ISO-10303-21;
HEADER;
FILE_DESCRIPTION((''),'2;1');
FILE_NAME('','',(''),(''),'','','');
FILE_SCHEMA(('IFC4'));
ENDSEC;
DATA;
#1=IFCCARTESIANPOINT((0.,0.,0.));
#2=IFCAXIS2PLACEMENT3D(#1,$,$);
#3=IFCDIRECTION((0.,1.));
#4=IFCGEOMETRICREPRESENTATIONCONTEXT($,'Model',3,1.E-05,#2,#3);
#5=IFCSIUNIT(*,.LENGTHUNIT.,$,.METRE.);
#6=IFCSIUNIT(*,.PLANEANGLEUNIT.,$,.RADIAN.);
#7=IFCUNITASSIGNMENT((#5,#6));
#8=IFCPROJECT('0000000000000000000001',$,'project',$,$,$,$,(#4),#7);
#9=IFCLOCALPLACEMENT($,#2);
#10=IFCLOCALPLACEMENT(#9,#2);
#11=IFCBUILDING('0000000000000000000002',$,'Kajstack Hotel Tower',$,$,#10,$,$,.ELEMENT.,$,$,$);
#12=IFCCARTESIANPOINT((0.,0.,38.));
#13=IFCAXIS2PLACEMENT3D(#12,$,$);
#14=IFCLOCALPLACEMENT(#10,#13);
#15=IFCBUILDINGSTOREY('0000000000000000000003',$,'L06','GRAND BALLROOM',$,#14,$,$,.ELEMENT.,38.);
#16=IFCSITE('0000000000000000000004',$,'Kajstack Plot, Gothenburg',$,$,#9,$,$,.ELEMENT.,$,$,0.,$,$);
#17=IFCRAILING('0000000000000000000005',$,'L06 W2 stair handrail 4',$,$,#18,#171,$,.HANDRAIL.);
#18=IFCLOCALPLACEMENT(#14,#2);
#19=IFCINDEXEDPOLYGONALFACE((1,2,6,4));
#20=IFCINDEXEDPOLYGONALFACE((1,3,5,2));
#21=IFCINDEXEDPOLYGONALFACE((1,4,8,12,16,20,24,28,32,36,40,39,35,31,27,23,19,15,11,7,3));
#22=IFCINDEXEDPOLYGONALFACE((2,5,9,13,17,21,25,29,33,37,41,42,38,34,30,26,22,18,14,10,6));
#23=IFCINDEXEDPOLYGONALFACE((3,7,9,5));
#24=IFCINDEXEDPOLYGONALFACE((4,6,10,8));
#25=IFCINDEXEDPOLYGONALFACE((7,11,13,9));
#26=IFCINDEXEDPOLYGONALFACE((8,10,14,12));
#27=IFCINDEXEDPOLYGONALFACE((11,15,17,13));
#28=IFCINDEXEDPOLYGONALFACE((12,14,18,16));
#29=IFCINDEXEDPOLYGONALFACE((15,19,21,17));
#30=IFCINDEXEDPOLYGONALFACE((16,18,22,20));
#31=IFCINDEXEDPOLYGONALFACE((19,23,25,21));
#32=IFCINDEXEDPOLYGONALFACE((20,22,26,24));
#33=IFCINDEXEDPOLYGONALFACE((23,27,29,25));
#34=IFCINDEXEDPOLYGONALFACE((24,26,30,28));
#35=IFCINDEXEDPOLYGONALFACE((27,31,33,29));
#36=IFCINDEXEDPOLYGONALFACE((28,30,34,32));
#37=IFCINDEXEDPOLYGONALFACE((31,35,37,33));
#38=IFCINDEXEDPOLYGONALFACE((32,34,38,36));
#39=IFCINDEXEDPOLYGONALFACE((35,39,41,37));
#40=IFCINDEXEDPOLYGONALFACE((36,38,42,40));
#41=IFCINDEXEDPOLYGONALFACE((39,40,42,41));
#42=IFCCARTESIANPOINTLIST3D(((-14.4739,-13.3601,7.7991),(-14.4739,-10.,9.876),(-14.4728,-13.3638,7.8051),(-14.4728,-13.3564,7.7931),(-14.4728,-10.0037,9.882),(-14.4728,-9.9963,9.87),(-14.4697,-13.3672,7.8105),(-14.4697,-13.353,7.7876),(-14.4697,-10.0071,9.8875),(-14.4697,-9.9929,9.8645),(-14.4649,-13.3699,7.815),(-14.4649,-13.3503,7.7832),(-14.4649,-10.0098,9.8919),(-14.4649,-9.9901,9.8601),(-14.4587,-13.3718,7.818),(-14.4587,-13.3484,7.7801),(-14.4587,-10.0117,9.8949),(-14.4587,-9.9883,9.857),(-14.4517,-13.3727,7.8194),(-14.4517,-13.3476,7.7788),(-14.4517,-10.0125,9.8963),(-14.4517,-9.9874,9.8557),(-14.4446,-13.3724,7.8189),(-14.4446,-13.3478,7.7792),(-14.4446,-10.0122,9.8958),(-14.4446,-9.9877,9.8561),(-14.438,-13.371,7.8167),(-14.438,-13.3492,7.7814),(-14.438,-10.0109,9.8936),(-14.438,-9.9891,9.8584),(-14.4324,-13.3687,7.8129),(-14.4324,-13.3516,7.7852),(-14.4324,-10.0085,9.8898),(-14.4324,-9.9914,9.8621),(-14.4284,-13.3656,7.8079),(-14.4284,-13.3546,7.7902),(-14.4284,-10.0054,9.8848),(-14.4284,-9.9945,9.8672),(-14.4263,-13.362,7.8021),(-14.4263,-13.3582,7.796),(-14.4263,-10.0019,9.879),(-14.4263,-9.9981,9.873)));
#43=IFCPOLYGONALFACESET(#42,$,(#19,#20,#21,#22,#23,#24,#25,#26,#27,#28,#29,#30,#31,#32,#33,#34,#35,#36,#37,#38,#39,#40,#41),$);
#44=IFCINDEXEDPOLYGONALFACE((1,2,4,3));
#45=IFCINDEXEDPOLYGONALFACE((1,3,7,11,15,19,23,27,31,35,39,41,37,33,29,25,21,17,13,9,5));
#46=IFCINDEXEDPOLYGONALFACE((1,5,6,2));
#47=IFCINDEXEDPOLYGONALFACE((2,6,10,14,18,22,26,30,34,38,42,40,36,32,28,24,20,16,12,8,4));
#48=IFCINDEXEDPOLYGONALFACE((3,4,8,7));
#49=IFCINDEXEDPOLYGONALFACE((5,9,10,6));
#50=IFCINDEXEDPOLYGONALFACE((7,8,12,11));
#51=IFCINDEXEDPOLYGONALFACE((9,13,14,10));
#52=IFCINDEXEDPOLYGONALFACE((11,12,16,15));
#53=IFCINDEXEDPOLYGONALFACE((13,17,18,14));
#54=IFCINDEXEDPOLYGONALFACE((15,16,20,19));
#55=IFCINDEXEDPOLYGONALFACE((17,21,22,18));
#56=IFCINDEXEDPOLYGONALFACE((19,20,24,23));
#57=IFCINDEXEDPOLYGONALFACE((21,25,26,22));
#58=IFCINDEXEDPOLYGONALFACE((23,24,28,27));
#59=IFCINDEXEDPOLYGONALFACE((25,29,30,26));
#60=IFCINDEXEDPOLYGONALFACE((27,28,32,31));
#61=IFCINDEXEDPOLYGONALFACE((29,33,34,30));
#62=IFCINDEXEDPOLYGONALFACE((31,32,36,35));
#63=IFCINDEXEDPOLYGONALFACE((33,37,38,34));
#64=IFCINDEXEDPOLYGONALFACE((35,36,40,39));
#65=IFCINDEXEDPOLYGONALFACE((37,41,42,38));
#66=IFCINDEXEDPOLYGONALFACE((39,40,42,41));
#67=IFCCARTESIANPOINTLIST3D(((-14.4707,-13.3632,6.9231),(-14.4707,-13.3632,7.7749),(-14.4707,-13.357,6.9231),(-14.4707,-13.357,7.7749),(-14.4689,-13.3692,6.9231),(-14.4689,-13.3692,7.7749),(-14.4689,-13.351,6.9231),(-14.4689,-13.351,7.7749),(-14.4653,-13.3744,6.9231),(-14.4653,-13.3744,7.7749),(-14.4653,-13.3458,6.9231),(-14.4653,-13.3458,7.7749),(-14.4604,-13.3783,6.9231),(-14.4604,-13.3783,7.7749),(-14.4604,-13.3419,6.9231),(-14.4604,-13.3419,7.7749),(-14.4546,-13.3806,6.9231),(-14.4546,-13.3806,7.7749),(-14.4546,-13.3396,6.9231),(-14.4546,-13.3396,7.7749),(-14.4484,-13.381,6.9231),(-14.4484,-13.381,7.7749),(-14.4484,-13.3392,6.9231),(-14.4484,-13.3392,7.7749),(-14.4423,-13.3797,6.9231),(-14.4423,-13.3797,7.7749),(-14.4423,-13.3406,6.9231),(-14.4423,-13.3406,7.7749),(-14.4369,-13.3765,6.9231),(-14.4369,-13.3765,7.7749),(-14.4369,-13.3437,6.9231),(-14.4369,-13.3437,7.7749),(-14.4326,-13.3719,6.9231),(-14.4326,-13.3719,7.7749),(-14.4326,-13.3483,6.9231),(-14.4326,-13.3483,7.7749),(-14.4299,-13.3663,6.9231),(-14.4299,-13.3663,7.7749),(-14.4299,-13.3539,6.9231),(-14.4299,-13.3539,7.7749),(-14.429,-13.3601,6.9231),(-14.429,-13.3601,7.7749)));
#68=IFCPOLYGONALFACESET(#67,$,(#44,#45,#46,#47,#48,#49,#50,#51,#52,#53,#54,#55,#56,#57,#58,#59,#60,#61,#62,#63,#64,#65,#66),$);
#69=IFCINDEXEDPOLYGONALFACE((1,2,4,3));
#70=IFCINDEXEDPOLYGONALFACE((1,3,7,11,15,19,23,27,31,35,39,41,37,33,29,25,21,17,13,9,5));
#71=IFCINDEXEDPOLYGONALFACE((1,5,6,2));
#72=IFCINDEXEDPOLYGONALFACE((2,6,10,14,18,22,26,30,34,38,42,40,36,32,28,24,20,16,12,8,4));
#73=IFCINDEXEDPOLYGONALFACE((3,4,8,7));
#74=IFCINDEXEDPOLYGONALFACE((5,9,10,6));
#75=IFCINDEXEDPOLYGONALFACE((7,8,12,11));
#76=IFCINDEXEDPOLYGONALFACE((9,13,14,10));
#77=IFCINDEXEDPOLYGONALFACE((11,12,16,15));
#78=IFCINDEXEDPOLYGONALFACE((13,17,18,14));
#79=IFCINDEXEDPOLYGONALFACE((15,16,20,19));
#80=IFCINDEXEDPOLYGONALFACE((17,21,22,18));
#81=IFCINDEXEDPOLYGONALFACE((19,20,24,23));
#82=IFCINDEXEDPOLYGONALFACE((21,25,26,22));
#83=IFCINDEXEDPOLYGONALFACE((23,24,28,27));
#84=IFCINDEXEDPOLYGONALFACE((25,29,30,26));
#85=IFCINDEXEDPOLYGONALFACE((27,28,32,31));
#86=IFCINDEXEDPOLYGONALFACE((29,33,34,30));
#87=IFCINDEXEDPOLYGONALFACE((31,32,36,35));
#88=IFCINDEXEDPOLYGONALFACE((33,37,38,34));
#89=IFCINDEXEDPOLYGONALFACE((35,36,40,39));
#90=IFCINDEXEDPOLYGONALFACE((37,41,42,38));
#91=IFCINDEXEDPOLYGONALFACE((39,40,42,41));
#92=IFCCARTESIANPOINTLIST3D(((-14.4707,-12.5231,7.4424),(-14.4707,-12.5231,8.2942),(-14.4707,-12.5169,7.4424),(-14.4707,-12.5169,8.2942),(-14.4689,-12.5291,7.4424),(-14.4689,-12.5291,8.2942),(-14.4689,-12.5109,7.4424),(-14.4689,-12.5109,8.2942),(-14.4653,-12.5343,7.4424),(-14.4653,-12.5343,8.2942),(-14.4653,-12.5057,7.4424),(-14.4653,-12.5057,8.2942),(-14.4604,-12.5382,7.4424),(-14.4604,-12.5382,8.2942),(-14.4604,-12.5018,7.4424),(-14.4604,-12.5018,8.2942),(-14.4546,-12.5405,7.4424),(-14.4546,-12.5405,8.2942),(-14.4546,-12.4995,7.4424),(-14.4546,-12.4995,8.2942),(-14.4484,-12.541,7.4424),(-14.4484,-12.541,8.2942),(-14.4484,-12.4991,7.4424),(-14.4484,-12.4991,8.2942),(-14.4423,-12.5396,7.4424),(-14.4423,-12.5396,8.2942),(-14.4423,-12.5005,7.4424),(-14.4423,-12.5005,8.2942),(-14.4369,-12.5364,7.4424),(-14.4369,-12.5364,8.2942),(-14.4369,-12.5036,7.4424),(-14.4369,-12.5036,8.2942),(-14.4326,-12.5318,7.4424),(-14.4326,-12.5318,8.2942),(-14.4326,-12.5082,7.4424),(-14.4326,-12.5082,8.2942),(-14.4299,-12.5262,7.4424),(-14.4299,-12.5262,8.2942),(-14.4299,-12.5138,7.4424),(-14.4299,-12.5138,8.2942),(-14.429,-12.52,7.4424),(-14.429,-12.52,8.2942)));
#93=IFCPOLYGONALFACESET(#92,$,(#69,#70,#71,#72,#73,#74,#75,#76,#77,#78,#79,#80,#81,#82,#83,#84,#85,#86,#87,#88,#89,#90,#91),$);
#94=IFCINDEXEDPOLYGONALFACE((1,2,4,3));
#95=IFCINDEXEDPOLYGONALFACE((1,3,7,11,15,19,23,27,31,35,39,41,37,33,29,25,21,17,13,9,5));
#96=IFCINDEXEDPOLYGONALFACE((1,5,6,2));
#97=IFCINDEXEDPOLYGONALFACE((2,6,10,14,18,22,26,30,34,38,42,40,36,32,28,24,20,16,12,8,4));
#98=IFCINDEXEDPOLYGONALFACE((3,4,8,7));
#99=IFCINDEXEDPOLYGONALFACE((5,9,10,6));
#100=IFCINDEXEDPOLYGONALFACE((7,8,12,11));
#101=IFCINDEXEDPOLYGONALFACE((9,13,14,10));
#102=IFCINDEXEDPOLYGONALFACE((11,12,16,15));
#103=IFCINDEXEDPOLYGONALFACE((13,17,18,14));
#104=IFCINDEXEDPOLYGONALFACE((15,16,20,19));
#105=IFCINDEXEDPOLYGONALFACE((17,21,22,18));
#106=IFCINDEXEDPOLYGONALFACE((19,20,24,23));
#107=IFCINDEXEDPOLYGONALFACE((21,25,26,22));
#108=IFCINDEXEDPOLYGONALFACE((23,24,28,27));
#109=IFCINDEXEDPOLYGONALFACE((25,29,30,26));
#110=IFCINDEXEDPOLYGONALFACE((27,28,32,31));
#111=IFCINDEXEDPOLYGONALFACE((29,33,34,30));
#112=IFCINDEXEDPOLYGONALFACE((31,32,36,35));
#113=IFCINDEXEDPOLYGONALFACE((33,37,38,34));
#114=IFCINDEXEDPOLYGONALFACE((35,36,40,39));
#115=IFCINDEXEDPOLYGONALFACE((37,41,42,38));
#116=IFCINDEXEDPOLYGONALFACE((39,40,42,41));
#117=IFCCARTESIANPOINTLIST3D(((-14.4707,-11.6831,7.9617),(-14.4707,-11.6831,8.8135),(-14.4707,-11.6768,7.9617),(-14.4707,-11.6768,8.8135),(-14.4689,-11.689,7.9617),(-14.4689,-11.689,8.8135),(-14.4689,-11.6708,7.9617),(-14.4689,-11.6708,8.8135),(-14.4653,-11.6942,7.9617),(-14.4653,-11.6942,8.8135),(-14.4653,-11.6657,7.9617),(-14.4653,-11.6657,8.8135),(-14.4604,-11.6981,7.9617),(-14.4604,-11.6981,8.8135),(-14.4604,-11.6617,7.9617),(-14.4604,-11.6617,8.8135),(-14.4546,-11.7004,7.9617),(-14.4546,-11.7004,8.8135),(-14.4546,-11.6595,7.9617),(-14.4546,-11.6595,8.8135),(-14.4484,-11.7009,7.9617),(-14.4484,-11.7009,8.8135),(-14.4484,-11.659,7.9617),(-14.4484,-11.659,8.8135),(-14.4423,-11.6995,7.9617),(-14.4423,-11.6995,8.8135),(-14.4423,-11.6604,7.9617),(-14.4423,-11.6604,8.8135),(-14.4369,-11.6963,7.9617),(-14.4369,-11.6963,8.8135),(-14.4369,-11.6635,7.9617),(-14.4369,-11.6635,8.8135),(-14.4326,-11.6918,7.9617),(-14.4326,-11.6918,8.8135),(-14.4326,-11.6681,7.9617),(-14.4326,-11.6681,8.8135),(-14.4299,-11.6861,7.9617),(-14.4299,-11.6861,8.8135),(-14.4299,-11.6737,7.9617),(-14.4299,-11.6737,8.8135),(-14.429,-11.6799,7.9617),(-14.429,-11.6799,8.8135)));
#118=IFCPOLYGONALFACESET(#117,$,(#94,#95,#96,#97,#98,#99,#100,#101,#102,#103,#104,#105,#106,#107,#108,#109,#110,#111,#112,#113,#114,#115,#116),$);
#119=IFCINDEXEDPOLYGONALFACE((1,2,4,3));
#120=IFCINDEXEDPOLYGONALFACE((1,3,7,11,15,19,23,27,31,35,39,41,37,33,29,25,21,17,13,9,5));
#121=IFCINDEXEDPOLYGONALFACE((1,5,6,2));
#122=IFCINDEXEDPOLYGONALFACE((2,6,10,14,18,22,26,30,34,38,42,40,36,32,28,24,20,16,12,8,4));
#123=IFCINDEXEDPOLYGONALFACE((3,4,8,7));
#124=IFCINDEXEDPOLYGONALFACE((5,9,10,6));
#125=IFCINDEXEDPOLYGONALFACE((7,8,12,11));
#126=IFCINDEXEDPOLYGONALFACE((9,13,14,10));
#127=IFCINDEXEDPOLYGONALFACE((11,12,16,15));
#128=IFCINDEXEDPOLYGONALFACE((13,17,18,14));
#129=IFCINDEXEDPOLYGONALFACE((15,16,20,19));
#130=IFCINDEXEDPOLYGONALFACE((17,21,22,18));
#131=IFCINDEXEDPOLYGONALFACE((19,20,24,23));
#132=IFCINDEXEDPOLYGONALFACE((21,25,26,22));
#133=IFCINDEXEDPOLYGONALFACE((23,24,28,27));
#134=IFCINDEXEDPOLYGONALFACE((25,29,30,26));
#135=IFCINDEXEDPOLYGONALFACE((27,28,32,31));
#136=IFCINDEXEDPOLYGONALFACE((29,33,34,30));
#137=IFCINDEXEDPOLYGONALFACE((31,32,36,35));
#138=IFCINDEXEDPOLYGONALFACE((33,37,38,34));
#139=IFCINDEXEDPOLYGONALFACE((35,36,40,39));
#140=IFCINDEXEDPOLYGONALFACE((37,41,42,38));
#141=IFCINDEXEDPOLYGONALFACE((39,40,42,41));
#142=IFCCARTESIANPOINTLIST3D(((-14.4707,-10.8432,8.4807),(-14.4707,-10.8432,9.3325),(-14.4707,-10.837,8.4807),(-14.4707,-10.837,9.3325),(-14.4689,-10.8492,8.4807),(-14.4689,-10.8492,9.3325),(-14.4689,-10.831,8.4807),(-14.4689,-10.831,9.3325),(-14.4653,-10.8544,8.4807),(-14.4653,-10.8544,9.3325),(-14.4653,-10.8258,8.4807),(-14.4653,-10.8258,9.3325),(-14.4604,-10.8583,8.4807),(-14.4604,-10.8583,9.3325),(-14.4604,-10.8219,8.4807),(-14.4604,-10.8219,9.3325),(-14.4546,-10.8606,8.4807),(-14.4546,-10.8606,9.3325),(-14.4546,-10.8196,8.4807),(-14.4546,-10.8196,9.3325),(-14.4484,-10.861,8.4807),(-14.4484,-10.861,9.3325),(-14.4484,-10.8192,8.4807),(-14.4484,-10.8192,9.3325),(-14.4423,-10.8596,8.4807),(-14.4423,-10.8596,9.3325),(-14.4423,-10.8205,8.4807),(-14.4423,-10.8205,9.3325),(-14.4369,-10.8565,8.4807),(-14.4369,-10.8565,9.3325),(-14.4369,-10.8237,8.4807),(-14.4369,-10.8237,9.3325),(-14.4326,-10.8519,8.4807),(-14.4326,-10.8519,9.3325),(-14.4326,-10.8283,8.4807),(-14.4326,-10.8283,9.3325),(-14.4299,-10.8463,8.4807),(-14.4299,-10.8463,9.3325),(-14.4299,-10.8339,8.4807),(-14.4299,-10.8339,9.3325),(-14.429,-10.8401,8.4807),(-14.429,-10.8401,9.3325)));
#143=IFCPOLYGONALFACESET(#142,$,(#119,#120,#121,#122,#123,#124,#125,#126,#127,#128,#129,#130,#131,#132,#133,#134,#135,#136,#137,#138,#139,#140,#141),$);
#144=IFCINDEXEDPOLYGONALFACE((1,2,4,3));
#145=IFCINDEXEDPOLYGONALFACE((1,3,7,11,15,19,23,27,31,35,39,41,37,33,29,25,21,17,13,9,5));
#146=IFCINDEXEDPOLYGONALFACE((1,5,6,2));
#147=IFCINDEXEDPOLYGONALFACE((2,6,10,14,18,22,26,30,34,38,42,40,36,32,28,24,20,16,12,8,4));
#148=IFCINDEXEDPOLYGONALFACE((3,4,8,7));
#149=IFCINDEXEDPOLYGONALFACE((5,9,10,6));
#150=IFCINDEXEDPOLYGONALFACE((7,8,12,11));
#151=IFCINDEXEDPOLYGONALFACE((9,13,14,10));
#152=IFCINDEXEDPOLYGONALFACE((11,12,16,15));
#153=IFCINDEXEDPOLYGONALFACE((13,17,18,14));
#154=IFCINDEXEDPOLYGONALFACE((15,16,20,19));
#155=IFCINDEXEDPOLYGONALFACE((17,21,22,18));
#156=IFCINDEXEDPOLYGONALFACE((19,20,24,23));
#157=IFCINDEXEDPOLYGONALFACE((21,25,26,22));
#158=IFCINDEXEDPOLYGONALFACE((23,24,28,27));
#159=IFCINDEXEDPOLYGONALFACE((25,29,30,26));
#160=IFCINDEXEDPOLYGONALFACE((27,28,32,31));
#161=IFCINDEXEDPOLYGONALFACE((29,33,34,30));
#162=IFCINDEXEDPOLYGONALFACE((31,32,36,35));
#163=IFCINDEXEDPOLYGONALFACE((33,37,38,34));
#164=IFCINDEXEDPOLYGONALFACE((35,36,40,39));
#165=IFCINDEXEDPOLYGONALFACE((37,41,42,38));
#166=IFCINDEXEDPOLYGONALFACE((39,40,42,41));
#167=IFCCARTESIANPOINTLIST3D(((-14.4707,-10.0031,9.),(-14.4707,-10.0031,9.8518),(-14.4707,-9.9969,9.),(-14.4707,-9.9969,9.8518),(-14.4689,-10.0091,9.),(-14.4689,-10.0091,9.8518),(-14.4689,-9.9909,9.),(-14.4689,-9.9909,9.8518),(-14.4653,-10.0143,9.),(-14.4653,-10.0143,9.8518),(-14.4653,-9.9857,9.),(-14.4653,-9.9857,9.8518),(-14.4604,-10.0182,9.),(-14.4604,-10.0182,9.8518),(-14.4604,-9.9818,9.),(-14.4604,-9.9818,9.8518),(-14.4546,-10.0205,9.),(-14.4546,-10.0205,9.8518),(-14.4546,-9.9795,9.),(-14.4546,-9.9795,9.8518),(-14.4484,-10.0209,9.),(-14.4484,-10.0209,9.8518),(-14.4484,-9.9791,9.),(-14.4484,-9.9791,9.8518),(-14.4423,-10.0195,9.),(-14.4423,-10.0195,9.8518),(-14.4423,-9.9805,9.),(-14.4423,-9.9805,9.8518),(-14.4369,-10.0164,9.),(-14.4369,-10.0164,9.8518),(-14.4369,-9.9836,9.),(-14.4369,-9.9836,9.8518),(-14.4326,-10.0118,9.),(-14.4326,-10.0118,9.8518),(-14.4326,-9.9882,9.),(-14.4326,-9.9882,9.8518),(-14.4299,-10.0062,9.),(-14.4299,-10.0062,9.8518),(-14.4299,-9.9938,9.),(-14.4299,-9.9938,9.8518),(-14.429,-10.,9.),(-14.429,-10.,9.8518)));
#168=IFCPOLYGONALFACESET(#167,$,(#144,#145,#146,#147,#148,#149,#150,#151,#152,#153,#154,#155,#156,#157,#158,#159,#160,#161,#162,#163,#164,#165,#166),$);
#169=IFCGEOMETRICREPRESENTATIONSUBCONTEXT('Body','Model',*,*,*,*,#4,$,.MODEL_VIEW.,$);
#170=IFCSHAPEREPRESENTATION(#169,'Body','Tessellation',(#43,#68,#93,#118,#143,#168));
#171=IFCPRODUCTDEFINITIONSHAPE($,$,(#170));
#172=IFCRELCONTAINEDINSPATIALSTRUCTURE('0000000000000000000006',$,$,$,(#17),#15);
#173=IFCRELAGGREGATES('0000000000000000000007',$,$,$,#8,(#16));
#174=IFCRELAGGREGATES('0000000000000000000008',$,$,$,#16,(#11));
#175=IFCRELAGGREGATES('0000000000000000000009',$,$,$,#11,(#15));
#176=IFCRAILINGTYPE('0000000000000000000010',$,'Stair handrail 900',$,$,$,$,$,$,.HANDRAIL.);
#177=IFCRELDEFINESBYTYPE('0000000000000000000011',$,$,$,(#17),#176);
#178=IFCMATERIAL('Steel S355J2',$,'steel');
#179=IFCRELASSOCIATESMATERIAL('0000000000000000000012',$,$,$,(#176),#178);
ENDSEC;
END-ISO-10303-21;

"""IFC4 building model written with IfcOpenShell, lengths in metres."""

from ifc_helpers import new_model, si_unit, direction, frame, origin, origin_2d, place, context, subcontext, project, spatial, circle, extrude, material, type_object, element, save


model = new_model("IFC4")

# Units and contexts
model_context = context("Model", 3, precision=1e-05, world=origin(), true_north=direction((0.0, 1.0)))
body_context = subcontext(model_context, "Body", "Model", "MODEL_VIEW")
ifc_project = project(units=[si_unit("LENGTHUNIT", "METRE"), si_unit("PLANEANGLEUNIT", "RADIAN")], contexts=[model_context])

# Site, building, storey
site_placement = place(None, origin())
site = spatial("IfcSite", under=ifc_project, at=site_placement, Name="Kajstack Plot, Gothenburg", CompositionType="ELEMENT", RefElevation=0.0)
building_placement = place(site_placement, origin())
building = spatial("IfcBuilding", under=site, at=building_placement, Name="Kajstack Hotel Tower", CompositionType="ELEMENT")
storey_placement = place(building_placement, frame((0.0, 0.0, 38.0)))
storey = spatial("IfcBuildingStorey", under=building, at=storey_placement, Name="L06", Description="GRAND BALLROOM", CompositionType="ELEMENT", Elevation=38.0)

# Railing
ifc_material_1 = material(Name="Steel S355J2", Category="steel")
railing_type = type_object("IfcRailingType", Name="Stair handrail 900", PredefinedType="HANDRAIL", material=ifc_material_1)
for number, where, name in (
    (1, (-14.45, -13.3601, 6.9231), "L06 W2 stair handrail 4"),
):
    element("IfcRailing", number, at=place(storey_placement, frame(where)), inside=storey, type_object=railing_type, Name=name, PredefinedType="HANDRAIL", context=body_context, shape_type="SweptSolid", body=[
        extrude(circle(Radius=0.0239, at=origin_2d()), frame((0.0, 0.0, 0.876), z_axis=(0.0, 0.850623, 0.525776), x_axis=(-1.0, 0.0, 0.0)), (0.0, 0.0, 1.0), 3.9502),
        extrude(circle(Radius=0.021, at=origin_2d()), origin(), (0.0, 0.0, 1.0), 0.8518),
        extrude(circle(Radius=0.021, at=origin_2d()), frame((0.0, 0.8401, 0.5193)), (0.0, 0.0, 1.0), 0.8518),
        extrude(circle(Radius=0.021, at=origin_2d()), frame((0.0, 1.6802, 1.0386)), (0.0, 0.0, 1.0), 0.8518),
        extrude(circle(Radius=0.021, at=origin_2d()), frame((0.0, 2.52, 1.5576)), (0.0, 0.0, 1.0), 0.8518),
        extrude(circle(Radius=0.021, at=origin_2d()), frame((0.0, 3.3601, 2.0769)), (0.0, 0.0, 1.0), 0.8518),
    ])

save(model, "model.ifc")
